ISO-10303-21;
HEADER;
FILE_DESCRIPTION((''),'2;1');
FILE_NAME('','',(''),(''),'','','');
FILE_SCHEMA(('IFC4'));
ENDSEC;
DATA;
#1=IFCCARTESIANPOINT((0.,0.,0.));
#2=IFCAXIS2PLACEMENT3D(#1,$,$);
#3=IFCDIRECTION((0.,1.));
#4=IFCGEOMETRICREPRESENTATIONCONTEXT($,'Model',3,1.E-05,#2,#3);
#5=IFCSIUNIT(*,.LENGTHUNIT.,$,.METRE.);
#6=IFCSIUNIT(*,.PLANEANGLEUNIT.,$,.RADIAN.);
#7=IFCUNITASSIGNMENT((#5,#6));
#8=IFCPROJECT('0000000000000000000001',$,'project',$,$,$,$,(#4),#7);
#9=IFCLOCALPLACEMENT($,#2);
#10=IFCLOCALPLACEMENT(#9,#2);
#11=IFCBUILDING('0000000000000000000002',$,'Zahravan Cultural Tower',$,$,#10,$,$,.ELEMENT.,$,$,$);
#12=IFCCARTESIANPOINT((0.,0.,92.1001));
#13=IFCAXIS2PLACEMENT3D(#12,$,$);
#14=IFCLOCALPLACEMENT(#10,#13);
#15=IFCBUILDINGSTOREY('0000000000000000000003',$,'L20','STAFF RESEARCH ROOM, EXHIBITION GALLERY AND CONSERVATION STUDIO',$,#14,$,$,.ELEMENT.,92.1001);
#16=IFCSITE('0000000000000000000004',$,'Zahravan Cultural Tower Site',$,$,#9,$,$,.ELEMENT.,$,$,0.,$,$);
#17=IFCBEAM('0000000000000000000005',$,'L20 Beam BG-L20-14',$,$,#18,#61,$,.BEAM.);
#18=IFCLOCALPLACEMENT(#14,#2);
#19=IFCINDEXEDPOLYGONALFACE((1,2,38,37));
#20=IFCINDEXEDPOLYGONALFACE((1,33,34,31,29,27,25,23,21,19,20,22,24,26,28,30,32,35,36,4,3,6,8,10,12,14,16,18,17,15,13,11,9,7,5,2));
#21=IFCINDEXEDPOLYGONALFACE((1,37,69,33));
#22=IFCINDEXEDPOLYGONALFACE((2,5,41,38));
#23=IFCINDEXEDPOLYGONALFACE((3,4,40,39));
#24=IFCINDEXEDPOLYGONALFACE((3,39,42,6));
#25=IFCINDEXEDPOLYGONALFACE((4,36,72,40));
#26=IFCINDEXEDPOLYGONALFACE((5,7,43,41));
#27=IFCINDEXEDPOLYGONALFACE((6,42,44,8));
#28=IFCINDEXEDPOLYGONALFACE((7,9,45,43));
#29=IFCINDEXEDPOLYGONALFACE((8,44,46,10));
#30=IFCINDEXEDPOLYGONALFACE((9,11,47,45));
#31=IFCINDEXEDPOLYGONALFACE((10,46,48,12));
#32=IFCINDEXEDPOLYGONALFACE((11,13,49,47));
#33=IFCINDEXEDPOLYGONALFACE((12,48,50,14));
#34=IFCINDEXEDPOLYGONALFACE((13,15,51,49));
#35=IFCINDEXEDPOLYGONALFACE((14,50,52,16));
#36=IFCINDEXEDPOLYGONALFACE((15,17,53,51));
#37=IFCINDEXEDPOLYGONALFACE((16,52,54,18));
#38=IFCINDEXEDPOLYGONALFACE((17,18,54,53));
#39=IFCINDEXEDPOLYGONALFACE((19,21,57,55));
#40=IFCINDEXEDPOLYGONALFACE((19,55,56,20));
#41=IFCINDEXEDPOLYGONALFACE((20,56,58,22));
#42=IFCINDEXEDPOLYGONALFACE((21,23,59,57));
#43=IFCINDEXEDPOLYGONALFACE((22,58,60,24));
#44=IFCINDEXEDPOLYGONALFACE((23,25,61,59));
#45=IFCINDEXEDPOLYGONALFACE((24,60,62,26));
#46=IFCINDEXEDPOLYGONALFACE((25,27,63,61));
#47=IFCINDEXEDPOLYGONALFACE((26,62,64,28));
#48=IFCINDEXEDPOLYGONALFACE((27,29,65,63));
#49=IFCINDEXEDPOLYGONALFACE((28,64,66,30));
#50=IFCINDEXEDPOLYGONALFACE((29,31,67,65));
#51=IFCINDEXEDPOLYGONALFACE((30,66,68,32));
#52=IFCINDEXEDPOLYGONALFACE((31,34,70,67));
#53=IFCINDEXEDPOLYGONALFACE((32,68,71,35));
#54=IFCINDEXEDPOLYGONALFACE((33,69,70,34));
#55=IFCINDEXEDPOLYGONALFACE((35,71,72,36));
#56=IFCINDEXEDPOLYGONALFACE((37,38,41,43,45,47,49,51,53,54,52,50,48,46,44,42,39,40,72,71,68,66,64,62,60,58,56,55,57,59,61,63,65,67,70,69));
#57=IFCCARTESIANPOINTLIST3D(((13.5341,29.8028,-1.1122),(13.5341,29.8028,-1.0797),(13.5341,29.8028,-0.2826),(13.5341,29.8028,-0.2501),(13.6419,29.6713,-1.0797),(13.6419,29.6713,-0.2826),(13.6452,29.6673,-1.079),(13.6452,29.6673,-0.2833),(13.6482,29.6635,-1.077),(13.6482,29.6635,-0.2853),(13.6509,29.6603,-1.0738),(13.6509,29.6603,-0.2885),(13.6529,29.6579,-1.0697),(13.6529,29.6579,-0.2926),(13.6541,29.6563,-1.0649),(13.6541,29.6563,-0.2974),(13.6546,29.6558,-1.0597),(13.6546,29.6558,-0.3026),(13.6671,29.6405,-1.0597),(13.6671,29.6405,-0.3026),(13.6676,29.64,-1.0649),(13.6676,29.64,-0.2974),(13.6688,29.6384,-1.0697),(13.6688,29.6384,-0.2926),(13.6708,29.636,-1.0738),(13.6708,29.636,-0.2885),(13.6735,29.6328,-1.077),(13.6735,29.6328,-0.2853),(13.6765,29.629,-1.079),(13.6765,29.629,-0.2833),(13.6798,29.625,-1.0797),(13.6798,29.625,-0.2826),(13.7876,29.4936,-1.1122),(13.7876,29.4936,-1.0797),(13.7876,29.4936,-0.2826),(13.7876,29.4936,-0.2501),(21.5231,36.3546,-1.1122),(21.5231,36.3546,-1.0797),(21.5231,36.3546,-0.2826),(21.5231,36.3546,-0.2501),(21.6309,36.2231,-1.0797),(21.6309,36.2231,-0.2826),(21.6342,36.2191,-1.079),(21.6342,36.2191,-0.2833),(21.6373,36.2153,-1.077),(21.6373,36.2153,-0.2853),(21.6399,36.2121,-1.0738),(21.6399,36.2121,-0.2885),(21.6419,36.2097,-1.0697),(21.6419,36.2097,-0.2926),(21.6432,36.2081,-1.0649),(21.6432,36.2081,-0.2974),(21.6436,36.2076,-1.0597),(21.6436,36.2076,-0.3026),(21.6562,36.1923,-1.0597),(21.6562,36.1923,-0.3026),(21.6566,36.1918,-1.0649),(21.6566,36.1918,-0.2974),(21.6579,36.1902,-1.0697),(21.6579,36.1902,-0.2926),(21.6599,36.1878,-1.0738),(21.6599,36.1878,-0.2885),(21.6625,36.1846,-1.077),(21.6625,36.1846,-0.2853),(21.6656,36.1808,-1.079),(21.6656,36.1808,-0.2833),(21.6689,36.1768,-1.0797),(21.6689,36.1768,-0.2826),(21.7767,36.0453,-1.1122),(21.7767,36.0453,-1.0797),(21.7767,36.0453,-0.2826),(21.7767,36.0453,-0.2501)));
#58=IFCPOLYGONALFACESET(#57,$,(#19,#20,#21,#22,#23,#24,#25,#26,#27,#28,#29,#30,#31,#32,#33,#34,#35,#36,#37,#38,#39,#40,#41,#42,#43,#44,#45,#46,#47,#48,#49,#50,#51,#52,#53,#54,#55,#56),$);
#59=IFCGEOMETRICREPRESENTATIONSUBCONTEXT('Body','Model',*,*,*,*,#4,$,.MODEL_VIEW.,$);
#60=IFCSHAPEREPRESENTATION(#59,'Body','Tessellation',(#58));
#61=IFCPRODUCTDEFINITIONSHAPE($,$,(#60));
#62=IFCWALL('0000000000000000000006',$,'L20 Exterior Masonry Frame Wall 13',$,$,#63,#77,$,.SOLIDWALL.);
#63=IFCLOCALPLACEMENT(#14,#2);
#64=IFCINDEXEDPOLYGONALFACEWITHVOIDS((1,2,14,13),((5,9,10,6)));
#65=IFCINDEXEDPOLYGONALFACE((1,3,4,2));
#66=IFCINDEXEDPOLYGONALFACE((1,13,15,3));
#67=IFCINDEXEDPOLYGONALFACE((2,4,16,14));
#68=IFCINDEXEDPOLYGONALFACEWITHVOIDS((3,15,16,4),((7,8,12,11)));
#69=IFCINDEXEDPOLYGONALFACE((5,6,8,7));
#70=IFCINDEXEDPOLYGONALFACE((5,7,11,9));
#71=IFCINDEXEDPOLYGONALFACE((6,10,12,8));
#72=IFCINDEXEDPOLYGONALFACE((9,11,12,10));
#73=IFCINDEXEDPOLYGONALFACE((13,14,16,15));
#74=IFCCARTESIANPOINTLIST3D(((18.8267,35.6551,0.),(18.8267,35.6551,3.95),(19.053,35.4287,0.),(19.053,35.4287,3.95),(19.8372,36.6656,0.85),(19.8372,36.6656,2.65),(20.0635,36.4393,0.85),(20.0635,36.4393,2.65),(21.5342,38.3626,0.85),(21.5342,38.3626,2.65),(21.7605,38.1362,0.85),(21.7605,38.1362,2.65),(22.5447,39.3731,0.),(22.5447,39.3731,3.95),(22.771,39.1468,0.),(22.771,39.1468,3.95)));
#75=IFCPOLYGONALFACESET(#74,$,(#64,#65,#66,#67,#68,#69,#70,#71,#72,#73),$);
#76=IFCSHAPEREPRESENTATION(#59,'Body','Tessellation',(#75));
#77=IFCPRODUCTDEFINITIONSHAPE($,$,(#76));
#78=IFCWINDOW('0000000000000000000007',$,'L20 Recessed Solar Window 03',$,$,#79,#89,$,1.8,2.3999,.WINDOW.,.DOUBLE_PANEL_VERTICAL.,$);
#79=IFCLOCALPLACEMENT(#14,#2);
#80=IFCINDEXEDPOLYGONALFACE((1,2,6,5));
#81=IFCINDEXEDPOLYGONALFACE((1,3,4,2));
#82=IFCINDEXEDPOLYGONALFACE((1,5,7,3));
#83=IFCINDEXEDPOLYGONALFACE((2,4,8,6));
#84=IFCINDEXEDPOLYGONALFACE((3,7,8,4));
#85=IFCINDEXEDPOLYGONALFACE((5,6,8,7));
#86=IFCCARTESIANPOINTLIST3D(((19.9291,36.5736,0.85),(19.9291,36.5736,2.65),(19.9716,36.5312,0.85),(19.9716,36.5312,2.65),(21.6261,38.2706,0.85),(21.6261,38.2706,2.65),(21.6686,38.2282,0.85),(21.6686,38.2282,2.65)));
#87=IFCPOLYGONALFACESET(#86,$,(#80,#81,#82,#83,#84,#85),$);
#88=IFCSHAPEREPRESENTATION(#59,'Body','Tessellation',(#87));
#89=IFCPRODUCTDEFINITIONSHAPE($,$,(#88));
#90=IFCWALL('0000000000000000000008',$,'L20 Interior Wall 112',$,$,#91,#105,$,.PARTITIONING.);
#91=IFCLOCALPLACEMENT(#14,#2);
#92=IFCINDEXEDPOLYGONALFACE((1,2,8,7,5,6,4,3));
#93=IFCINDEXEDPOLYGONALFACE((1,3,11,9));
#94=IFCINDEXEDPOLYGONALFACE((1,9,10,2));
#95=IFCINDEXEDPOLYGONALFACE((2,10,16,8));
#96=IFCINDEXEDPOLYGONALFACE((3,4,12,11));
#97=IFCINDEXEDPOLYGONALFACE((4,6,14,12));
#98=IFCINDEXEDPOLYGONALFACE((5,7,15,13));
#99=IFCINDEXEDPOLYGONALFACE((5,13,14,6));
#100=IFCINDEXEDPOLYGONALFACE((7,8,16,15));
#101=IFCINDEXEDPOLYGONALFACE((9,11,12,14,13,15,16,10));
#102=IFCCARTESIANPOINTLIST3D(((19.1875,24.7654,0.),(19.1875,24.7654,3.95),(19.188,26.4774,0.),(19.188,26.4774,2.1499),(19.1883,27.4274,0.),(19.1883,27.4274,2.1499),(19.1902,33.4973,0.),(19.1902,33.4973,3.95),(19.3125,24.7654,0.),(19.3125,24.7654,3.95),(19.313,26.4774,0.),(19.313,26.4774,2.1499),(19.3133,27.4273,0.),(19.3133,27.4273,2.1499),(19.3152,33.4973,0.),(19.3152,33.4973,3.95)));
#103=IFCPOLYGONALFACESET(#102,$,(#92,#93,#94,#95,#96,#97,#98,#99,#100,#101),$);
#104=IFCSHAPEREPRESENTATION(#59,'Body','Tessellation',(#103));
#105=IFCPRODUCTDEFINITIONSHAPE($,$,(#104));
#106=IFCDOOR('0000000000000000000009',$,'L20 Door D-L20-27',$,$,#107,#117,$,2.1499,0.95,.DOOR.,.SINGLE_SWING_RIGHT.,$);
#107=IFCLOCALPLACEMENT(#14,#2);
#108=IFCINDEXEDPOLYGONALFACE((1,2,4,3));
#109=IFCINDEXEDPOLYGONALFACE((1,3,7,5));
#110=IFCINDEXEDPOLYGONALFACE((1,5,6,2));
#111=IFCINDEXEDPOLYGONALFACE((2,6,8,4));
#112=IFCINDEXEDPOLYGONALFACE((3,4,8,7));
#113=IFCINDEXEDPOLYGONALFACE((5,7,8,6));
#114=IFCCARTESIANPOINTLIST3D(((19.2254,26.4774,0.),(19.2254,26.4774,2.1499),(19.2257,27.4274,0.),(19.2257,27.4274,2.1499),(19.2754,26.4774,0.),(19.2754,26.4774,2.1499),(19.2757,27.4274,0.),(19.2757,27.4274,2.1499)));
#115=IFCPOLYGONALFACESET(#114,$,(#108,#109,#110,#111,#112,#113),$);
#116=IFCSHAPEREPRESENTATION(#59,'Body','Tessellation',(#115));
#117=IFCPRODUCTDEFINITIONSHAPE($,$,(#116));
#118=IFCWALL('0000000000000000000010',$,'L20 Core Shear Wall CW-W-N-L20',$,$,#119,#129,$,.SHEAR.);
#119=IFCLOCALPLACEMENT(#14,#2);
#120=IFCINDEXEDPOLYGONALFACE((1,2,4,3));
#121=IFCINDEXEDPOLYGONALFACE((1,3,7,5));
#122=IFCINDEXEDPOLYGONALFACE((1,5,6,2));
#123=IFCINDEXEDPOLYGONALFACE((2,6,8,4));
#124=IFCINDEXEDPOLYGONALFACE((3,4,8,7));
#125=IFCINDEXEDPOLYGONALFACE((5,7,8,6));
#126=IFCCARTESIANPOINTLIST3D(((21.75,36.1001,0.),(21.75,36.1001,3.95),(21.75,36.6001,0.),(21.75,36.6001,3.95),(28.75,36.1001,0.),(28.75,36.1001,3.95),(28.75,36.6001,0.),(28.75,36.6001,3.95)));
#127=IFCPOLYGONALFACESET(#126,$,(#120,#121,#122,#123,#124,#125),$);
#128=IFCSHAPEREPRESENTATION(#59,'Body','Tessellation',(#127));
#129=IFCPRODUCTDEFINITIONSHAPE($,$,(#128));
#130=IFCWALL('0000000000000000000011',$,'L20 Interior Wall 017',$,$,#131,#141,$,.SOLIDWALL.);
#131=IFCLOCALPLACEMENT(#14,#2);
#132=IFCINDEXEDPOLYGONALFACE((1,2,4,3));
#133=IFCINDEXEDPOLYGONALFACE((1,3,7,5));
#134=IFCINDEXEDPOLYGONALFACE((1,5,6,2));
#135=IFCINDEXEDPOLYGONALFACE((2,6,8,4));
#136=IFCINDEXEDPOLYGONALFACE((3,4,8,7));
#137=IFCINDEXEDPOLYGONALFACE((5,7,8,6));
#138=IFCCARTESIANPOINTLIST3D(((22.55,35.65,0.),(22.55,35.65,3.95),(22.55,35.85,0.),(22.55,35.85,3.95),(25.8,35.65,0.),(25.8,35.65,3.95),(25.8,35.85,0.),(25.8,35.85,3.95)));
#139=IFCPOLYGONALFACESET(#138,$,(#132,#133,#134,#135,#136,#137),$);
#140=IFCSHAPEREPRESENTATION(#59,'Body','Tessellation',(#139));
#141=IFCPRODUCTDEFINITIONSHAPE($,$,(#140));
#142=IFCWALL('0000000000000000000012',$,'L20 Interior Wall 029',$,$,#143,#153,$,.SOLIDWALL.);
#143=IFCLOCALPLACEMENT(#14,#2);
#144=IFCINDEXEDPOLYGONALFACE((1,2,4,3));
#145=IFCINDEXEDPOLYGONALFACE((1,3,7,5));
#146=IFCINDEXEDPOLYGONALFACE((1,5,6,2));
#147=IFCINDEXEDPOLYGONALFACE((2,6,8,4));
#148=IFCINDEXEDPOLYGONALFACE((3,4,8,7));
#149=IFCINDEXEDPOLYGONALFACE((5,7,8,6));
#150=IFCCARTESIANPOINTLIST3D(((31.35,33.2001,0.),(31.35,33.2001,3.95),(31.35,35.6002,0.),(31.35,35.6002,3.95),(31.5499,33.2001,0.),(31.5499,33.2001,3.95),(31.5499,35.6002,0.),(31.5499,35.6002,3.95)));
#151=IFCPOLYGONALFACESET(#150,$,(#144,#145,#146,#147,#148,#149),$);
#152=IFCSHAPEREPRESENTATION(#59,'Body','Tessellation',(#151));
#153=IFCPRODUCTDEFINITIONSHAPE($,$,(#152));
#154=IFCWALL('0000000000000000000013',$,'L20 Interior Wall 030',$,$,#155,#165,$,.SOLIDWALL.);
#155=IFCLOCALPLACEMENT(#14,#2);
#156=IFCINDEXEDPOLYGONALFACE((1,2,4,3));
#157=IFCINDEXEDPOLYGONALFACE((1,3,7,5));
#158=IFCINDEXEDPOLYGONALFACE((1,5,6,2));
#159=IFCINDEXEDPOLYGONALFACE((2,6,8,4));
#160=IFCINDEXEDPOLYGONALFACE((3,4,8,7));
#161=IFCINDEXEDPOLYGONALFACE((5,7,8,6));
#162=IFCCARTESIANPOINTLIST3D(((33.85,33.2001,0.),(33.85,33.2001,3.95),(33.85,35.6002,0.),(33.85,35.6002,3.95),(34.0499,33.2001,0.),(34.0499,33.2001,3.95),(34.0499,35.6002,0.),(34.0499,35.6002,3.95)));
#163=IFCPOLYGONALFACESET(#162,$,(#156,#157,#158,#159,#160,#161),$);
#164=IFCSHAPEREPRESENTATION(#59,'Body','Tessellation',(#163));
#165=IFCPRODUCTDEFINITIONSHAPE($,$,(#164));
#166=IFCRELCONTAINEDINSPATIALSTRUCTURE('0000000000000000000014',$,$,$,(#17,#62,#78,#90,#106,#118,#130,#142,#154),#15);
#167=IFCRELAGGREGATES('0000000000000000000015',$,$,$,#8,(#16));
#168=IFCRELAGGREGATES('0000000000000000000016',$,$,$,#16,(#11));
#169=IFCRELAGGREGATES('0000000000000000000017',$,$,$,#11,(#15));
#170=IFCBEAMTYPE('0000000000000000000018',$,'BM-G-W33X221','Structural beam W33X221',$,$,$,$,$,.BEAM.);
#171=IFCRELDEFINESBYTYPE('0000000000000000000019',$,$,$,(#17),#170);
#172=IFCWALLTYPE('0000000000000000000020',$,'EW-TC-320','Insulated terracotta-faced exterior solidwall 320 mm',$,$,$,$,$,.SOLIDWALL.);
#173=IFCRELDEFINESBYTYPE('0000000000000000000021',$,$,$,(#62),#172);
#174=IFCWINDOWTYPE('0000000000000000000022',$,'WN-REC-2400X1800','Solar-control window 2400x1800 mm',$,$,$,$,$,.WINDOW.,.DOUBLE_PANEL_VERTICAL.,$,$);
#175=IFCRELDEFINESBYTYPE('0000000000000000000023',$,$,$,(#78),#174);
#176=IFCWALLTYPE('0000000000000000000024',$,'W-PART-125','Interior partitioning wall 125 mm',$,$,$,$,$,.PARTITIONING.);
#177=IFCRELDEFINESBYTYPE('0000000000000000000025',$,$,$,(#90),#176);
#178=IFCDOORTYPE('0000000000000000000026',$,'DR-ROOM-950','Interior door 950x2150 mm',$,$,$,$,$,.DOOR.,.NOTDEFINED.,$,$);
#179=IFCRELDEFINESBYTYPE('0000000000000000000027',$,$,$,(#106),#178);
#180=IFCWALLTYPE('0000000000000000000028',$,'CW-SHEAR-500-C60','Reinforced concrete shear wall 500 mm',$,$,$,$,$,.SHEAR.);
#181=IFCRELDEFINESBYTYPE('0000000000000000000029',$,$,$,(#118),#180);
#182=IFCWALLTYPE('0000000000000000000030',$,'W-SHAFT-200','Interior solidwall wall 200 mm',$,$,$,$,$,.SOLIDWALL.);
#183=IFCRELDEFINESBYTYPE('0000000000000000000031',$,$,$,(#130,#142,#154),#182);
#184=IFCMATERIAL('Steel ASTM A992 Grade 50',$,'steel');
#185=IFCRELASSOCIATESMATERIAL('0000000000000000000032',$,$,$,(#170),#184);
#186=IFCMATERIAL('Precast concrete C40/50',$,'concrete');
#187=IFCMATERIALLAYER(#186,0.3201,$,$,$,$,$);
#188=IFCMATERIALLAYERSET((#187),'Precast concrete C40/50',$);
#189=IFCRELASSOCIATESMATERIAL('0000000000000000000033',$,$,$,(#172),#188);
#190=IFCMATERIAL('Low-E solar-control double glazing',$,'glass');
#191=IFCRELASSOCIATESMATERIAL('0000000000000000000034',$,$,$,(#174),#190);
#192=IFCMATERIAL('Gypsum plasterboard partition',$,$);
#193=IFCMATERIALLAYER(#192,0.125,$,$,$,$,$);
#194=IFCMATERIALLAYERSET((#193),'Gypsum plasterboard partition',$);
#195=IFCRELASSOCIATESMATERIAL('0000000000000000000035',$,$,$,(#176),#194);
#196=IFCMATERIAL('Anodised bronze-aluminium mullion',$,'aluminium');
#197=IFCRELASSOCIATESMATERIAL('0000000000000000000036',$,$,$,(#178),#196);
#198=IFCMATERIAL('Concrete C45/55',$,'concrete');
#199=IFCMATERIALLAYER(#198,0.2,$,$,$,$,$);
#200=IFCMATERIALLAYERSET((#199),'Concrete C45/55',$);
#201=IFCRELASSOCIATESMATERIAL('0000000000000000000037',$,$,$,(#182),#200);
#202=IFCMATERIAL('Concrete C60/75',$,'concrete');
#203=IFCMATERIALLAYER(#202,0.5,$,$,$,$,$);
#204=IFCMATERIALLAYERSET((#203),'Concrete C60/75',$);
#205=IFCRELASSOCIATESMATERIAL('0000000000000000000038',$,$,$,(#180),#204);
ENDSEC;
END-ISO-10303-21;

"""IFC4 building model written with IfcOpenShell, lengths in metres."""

from ifc_helpers import new_model, si_unit, direction, frame, frame_2d, origin, origin_2d, place, context, subcontext, project, spatial, rectangle, i_section, extrude, source, transform, mapped, material, layer, layer_set, material_profile, profile_set, type_object, element, fill, save


model = new_model("IFC4")

# Units and contexts
model_context = context("Model", 3, precision=1e-05, world=origin(), true_north=direction((0.0, 1.0)))
body_context = subcontext(model_context, "Body", "Model", "MODEL_VIEW")
ifc_project = project(units=[si_unit("LENGTHUNIT", "METRE"), si_unit("PLANEANGLEUNIT", "RADIAN")], contexts=[model_context])

# Site, building, storey
site_placement = place(None, origin())
site = spatial("IfcSite", under=ifc_project, at=site_placement, Name="Zahravan Cultural Tower Site", CompositionType="ELEMENT", RefElevation=0.0)
building_placement = place(site_placement, origin())
building = spatial("IfcBuilding", under=site, at=building_placement, Name="Zahravan Cultural Tower", CompositionType="ELEMENT")
storey_placement = place(building_placement, frame((0.0, 0.0, 92.1001)))
storey = spatial("IfcBuildingStorey", under=building, at=storey_placement, Name="L20", Description="STAFF RESEARCH ROOM, EXHIBITION GALLERY AND CONSERVATION STUDIO", CompositionType="ELEMENT", Elevation=92.1001)

# Shared definitions
ifc_material_1 = material(Name="Concrete C60/75", Category="concrete")

# Beam
ifc_material_2 = material(Name="Steel ASTM A992 Grade 50", Category="steel")
ifc_material_profile_1 = material_profile(ifc_material_2, i_section(OverallWidth=0.3999, OverallDepth=0.8621, WebThickness=0.0198, FlangeThickness=0.0325, FilletRadius=0.02, at=origin_2d()), Name="W33X221")
ifc_profile_set_1 = profile_set([ifc_material_profile_1], Name="Steel ASTM A992 Grade 50")
beam_type_1 = type_object("IfcBeamType", Name="BM-G-W33X221", Description="Structural beam W33X221", PredefinedType="BEAM", material=ifc_profile_set_1)
shared_shape_1 = source(origin(), body_context, "Body", "SweptSolid", [
    extrude(i_section(OverallWidth=0.3999, OverallDepth=0.8621, WebThickness=0.0198, FlangeThickness=0.0325, FilletRadius=0.02, at=origin_2d()), origin(), (0.0, 0.0, 1.0), 10.332),
])
beam_1_placement = place(storey_placement, frame((21.6499, 36.2, -0.6812), z_axis=(-0.773231, -0.634124, 0.0), x_axis=(0.634124, -0.773231, 0.0)))
element("IfcBeam", 1, at=beam_1_placement, inside=storey, type_object=beam_type_1, Name="L20 Beam BG-L20-14", PredefinedType="BEAM", context=body_context, shape_type="MappedRepresentation", body=[
    mapped(shared_shape_1, transform((0.0, 0.0, 0.0), x_axis=(1.0, 0.0, 0.0), y_axis=(0.0, 1.0, 0.0), z_axis=(0.0, 0.0, 1.0), scale=1.0)),
])

# Wall, opening, window
ifc_material_3 = material(Name="Precast concrete C40/50", Category="concrete")
ifc_layer_1 = layer(ifc_material_3, 0.3201)
ifc_layer_set_1 = layer_set([ifc_layer_1], Name="Precast concrete C40/50")
wall_type_1 = type_object("IfcWallType", Name="EW-TC-320", Description="Insulated terracotta-faced exterior solidwall 320 mm", PredefinedType="SOLIDWALL", material=ifc_layer_set_1)
wall_1_placement = place(storey_placement, frame((18.9399, 35.542, 0.0), z_axis=(0.0, 0.0, 1.0), x_axis=(0.707107, 0.707107, 0.0)))
wall_1 = element("IfcWall", 2, at=wall_1_placement, inside=storey, type_object=wall_type_1, Name="L20 Exterior Masonry Frame Wall 13", PredefinedType="SOLIDWALL", context=body_context, shape_type="SweptSolid", body=[
    extrude(rectangle(XDim=5.2581, YDim=0.3201, at=frame_2d((2.6289, 0.0))), origin(), (0.0, 0.0, 1.0), 3.95),
])
opening_1_placement = place(wall_1_placement, frame((1.429, 0.0, 0.8501)))
opening_1 = element("IfcOpeningElement", 3, at=opening_1_placement, cuts=wall_1, PredefinedType="OPENING", context=body_context, shape_type="SweptSolid", body=[
    extrude(rectangle(XDim=2.3999, YDim=1.8, at=frame_2d((1.2, 0.8999))), frame((0.0, 0.1699, 0.0), z_axis=(0.0, -1.0, 0.0), x_axis=(1.0, 0.0, 0.0)), (0.0, 0.0, 1.0), 0.3401),
])
ifc_material_4 = material(Name="Low-E solar-control double glazing", Category="glass")
window_type = type_object("IfcWindowType", Name="WN-REC-2400X1800", Description="Solar-control window 2400x1800 mm", PartitioningType="DOUBLE_PANEL_VERTICAL", PredefinedType="WINDOW", material=ifc_material_4)
shared_shape_2 = source(origin(), body_context, "Body", "SweptSolid", [
    extrude(rectangle(XDim=2.3999, YDim=1.8, at=frame_2d((1.2, 0.8999))), frame((0.0, 0.03, 0.0), z_axis=(0.0, -1.0, 0.0), x_axis=(1.0, 0.0, 0.0)), (0.0, 0.0, 1.0), 0.0601),
])
window_placement = place(opening_1_placement, origin())
window = element("IfcWindow", 4, at=window_placement, inside=storey, type_object=window_type, Name="L20 Recessed Solar Window 03", OverallHeight=1.8, OverallWidth=2.3999, PartitioningType="DOUBLE_PANEL_VERTICAL", PredefinedType="WINDOW", context=body_context, shape_type="MappedRepresentation", body=[
    mapped(shared_shape_2, transform((0.0, 0.0, 0.0), x_axis=(1.0, 0.0, 0.0), y_axis=(0.0, 1.0, 0.0), z_axis=(0.0, 0.0, 1.0), scale=1.0)),
])
fill(opening_1, window)

# Wall, opening, door
ifc_material_5 = material(Name="Gypsum plasterboard partition")
ifc_layer_2 = layer(ifc_material_5, 0.125)
ifc_layer_set_2 = layer_set([ifc_layer_2], Name="Gypsum plasterboard partition")
wall_type_2 = type_object("IfcWallType", Name="W-PART-125", Description="Interior partitioning wall 125 mm", PredefinedType="PARTITIONING", material=ifc_layer_set_2)
ifc_material_6 = material(Name="Anodised bronze-aluminium mullion", Category="aluminium")
door_type_1 = type_object("IfcDoorType", Name="DR-ROOM-950", Description="Interior door 950x2150 mm", OperationType="NOTDEFINED", PredefinedType="DOOR", material=ifc_material_6)
shared_shape_3 = source(origin(), body_context, "Body", "SweptSolid", [
    extrude(rectangle(XDim=0.95, YDim=2.1499, at=frame_2d((0.4751, 1.075))), frame((0.0, 0.0249, 0.0), z_axis=(0.0, -1.0, 0.0), x_axis=(1.0, 0.0, 0.0)), (0.0, 0.0, 1.0), 0.05),
])
wall_2_placement = place(storey_placement, frame((19.2527, 33.4973, 0.0), z_axis=(0.0, 0.0, 1.0), x_axis=(-0.000308, -1.0, 0.0)))
wall_2 = element("IfcWall", 5, at=wall_2_placement, inside=storey, type_object=wall_type_2, Name="L20 Interior Wall 112", PredefinedType="PARTITIONING", context=body_context, shape_type="SweptSolid", body=[
    extrude(rectangle(XDim=8.7319, YDim=0.125, at=frame_2d((4.366, 0.0))), origin(), (0.0, 0.0, 1.0), 3.95),
])
opening_2_placement = place(wall_2_placement, frame((6.0698, 0.0, 0.0)))
opening_2 = element("IfcOpeningElement", 6, at=opening_2_placement, cuts=wall_2, PredefinedType="OPENING", context=body_context, shape_type="SweptSolid", body=[
    extrude(rectangle(XDim=0.95, YDim=2.1499, at=frame_2d((0.4751, 1.075))), frame((0.0, 0.0725, 0.0), z_axis=(0.0, -1.0, 0.0), x_axis=(1.0, 0.0, 0.0)), (0.0, 0.0, 1.0), 0.145),
])
door_1_placement = place(opening_2_placement, origin())
door_1 = element("IfcDoor", 7, at=door_1_placement, inside=storey, type_object=door_type_1, Name="L20 Door D-L20-27", OperationType="SINGLE_SWING_RIGHT", OverallHeight=2.1499, OverallWidth=0.95, PredefinedType="DOOR", context=body_context, shape_type="MappedRepresentation", body=[
    mapped(shared_shape_3, transform((0.0, 0.0, 0.0), x_axis=(1.0, 0.0, 0.0), y_axis=(0.0, 1.0, 0.0), z_axis=(0.0, 0.0, 1.0), scale=1.0)),
])
fill(opening_2, door_1)
ifc_material_7 = material(Name="Concrete C45/55", Category="concrete")
ifc_layer_3 = layer(ifc_material_7, 0.2)
ifc_layer_set_3 = layer_set([ifc_layer_3], Name="Concrete C45/55")
wall_type_3 = type_object("IfcWallType", Name="W-SHAFT-200", Description="Interior solidwall wall 200 mm", PredefinedType="SOLIDWALL", material=ifc_layer_set_3)

# Walls
ifc_layer_4 = layer(ifc_material_1, 0.5)
ifc_layer_set_4 = layer_set([ifc_layer_4], Name="Concrete C60/75")
wall_type_4 = type_object("IfcWallType", Name="CW-SHEAR-500-C60", Description="Reinforced concrete shear wall 500 mm", PredefinedType="SHEAR", material=ifc_layer_set_4)
shared_shape_4 = source(origin(), body_context, "Body", "SweptSolid", [
    extrude(rectangle(XDim=7.0, YDim=0.5, at=frame_2d((3.5, 0.0))), origin(), (0.0, 0.0, 1.0), 3.95),
])
wall_3_placement = place(storey_placement, frame((21.75, 36.3501, 0.0), z_axis=(0.0, 0.0, 1.0), x_axis=(1.0, 0.0, 0.0)))
element("IfcWall", 8, at=wall_3_placement, inside=storey, type_object=wall_type_4, Name="L20 Core Shear Wall CW-W-N-L20", PredefinedType="SHEAR", context=body_context, shape_type="MappedRepresentation", body=[
    mapped(shared_shape_4, transform((0.0, 0.0, 0.0), x_axis=(1.0, 0.0, 0.0), y_axis=(0.0, 1.0, 0.0), z_axis=(0.0, 0.0, 1.0), scale=1.0)),
])
shared_shape_5 = source(origin(), body_context, "Body", "SweptSolid", [
    extrude(rectangle(XDim=3.25, YDim=0.2, at=frame_2d((1.625, 0.0))), origin(), (0.0, 0.0, 1.0), 3.95),
])
wall_4_placement = place(storey_placement, frame((22.55, 35.75, 0.0), z_axis=(0.0, 0.0, 1.0), x_axis=(1.0, 0.0, 0.0)))
element("IfcWall", 9, at=wall_4_placement, inside=storey, type_object=wall_type_3, Name="L20 Interior Wall 017", PredefinedType="SOLIDWALL", context=body_context, shape_type="MappedRepresentation", body=[
    mapped(shared_shape_5, transform((0.0, 0.0, 0.0), x_axis=(1.0, 0.0, 0.0), y_axis=(0.0, 1.0, 0.0), z_axis=(0.0, 0.0, 1.0), scale=1.0)),
])
shared_shape_6 = source(origin(), body_context, "Body", "SweptSolid", [
    extrude(rectangle(XDim=2.4001, YDim=0.2, at=frame_2d((1.2002, 0.0))), origin(), (0.0, 0.0, 1.0), 3.95),
])
for number, where, z_axis, x_axis, name in (
    (10, (31.45, 33.2, 0.0), (0.0, 0.0, 1.0), (0.0, 1.0, 0.0), "L20 Interior Wall 029"),
    (11, (33.95, 33.2, 0.0), (0.0, 0.0, 1.0), (0.0, 1.0, 0.0), "L20 Interior Wall 030"),
):
    element("IfcWall", number, at=place(storey_placement, frame(where, z_axis=z_axis, x_axis=x_axis)), inside=storey, type_object=wall_type_3, Name=name, PredefinedType="SOLIDWALL", context=body_context, shape_type="MappedRepresentation", body=[
        mapped(shared_shape_6, transform((0.0, 0.0, 0.0), x_axis=(1.0, 0.0, 0.0), y_axis=(0.0, 1.0, 0.0), z_axis=(0.0, 0.0, 1.0), scale=1.0)),
    ])

save(model, "model.ifc")
